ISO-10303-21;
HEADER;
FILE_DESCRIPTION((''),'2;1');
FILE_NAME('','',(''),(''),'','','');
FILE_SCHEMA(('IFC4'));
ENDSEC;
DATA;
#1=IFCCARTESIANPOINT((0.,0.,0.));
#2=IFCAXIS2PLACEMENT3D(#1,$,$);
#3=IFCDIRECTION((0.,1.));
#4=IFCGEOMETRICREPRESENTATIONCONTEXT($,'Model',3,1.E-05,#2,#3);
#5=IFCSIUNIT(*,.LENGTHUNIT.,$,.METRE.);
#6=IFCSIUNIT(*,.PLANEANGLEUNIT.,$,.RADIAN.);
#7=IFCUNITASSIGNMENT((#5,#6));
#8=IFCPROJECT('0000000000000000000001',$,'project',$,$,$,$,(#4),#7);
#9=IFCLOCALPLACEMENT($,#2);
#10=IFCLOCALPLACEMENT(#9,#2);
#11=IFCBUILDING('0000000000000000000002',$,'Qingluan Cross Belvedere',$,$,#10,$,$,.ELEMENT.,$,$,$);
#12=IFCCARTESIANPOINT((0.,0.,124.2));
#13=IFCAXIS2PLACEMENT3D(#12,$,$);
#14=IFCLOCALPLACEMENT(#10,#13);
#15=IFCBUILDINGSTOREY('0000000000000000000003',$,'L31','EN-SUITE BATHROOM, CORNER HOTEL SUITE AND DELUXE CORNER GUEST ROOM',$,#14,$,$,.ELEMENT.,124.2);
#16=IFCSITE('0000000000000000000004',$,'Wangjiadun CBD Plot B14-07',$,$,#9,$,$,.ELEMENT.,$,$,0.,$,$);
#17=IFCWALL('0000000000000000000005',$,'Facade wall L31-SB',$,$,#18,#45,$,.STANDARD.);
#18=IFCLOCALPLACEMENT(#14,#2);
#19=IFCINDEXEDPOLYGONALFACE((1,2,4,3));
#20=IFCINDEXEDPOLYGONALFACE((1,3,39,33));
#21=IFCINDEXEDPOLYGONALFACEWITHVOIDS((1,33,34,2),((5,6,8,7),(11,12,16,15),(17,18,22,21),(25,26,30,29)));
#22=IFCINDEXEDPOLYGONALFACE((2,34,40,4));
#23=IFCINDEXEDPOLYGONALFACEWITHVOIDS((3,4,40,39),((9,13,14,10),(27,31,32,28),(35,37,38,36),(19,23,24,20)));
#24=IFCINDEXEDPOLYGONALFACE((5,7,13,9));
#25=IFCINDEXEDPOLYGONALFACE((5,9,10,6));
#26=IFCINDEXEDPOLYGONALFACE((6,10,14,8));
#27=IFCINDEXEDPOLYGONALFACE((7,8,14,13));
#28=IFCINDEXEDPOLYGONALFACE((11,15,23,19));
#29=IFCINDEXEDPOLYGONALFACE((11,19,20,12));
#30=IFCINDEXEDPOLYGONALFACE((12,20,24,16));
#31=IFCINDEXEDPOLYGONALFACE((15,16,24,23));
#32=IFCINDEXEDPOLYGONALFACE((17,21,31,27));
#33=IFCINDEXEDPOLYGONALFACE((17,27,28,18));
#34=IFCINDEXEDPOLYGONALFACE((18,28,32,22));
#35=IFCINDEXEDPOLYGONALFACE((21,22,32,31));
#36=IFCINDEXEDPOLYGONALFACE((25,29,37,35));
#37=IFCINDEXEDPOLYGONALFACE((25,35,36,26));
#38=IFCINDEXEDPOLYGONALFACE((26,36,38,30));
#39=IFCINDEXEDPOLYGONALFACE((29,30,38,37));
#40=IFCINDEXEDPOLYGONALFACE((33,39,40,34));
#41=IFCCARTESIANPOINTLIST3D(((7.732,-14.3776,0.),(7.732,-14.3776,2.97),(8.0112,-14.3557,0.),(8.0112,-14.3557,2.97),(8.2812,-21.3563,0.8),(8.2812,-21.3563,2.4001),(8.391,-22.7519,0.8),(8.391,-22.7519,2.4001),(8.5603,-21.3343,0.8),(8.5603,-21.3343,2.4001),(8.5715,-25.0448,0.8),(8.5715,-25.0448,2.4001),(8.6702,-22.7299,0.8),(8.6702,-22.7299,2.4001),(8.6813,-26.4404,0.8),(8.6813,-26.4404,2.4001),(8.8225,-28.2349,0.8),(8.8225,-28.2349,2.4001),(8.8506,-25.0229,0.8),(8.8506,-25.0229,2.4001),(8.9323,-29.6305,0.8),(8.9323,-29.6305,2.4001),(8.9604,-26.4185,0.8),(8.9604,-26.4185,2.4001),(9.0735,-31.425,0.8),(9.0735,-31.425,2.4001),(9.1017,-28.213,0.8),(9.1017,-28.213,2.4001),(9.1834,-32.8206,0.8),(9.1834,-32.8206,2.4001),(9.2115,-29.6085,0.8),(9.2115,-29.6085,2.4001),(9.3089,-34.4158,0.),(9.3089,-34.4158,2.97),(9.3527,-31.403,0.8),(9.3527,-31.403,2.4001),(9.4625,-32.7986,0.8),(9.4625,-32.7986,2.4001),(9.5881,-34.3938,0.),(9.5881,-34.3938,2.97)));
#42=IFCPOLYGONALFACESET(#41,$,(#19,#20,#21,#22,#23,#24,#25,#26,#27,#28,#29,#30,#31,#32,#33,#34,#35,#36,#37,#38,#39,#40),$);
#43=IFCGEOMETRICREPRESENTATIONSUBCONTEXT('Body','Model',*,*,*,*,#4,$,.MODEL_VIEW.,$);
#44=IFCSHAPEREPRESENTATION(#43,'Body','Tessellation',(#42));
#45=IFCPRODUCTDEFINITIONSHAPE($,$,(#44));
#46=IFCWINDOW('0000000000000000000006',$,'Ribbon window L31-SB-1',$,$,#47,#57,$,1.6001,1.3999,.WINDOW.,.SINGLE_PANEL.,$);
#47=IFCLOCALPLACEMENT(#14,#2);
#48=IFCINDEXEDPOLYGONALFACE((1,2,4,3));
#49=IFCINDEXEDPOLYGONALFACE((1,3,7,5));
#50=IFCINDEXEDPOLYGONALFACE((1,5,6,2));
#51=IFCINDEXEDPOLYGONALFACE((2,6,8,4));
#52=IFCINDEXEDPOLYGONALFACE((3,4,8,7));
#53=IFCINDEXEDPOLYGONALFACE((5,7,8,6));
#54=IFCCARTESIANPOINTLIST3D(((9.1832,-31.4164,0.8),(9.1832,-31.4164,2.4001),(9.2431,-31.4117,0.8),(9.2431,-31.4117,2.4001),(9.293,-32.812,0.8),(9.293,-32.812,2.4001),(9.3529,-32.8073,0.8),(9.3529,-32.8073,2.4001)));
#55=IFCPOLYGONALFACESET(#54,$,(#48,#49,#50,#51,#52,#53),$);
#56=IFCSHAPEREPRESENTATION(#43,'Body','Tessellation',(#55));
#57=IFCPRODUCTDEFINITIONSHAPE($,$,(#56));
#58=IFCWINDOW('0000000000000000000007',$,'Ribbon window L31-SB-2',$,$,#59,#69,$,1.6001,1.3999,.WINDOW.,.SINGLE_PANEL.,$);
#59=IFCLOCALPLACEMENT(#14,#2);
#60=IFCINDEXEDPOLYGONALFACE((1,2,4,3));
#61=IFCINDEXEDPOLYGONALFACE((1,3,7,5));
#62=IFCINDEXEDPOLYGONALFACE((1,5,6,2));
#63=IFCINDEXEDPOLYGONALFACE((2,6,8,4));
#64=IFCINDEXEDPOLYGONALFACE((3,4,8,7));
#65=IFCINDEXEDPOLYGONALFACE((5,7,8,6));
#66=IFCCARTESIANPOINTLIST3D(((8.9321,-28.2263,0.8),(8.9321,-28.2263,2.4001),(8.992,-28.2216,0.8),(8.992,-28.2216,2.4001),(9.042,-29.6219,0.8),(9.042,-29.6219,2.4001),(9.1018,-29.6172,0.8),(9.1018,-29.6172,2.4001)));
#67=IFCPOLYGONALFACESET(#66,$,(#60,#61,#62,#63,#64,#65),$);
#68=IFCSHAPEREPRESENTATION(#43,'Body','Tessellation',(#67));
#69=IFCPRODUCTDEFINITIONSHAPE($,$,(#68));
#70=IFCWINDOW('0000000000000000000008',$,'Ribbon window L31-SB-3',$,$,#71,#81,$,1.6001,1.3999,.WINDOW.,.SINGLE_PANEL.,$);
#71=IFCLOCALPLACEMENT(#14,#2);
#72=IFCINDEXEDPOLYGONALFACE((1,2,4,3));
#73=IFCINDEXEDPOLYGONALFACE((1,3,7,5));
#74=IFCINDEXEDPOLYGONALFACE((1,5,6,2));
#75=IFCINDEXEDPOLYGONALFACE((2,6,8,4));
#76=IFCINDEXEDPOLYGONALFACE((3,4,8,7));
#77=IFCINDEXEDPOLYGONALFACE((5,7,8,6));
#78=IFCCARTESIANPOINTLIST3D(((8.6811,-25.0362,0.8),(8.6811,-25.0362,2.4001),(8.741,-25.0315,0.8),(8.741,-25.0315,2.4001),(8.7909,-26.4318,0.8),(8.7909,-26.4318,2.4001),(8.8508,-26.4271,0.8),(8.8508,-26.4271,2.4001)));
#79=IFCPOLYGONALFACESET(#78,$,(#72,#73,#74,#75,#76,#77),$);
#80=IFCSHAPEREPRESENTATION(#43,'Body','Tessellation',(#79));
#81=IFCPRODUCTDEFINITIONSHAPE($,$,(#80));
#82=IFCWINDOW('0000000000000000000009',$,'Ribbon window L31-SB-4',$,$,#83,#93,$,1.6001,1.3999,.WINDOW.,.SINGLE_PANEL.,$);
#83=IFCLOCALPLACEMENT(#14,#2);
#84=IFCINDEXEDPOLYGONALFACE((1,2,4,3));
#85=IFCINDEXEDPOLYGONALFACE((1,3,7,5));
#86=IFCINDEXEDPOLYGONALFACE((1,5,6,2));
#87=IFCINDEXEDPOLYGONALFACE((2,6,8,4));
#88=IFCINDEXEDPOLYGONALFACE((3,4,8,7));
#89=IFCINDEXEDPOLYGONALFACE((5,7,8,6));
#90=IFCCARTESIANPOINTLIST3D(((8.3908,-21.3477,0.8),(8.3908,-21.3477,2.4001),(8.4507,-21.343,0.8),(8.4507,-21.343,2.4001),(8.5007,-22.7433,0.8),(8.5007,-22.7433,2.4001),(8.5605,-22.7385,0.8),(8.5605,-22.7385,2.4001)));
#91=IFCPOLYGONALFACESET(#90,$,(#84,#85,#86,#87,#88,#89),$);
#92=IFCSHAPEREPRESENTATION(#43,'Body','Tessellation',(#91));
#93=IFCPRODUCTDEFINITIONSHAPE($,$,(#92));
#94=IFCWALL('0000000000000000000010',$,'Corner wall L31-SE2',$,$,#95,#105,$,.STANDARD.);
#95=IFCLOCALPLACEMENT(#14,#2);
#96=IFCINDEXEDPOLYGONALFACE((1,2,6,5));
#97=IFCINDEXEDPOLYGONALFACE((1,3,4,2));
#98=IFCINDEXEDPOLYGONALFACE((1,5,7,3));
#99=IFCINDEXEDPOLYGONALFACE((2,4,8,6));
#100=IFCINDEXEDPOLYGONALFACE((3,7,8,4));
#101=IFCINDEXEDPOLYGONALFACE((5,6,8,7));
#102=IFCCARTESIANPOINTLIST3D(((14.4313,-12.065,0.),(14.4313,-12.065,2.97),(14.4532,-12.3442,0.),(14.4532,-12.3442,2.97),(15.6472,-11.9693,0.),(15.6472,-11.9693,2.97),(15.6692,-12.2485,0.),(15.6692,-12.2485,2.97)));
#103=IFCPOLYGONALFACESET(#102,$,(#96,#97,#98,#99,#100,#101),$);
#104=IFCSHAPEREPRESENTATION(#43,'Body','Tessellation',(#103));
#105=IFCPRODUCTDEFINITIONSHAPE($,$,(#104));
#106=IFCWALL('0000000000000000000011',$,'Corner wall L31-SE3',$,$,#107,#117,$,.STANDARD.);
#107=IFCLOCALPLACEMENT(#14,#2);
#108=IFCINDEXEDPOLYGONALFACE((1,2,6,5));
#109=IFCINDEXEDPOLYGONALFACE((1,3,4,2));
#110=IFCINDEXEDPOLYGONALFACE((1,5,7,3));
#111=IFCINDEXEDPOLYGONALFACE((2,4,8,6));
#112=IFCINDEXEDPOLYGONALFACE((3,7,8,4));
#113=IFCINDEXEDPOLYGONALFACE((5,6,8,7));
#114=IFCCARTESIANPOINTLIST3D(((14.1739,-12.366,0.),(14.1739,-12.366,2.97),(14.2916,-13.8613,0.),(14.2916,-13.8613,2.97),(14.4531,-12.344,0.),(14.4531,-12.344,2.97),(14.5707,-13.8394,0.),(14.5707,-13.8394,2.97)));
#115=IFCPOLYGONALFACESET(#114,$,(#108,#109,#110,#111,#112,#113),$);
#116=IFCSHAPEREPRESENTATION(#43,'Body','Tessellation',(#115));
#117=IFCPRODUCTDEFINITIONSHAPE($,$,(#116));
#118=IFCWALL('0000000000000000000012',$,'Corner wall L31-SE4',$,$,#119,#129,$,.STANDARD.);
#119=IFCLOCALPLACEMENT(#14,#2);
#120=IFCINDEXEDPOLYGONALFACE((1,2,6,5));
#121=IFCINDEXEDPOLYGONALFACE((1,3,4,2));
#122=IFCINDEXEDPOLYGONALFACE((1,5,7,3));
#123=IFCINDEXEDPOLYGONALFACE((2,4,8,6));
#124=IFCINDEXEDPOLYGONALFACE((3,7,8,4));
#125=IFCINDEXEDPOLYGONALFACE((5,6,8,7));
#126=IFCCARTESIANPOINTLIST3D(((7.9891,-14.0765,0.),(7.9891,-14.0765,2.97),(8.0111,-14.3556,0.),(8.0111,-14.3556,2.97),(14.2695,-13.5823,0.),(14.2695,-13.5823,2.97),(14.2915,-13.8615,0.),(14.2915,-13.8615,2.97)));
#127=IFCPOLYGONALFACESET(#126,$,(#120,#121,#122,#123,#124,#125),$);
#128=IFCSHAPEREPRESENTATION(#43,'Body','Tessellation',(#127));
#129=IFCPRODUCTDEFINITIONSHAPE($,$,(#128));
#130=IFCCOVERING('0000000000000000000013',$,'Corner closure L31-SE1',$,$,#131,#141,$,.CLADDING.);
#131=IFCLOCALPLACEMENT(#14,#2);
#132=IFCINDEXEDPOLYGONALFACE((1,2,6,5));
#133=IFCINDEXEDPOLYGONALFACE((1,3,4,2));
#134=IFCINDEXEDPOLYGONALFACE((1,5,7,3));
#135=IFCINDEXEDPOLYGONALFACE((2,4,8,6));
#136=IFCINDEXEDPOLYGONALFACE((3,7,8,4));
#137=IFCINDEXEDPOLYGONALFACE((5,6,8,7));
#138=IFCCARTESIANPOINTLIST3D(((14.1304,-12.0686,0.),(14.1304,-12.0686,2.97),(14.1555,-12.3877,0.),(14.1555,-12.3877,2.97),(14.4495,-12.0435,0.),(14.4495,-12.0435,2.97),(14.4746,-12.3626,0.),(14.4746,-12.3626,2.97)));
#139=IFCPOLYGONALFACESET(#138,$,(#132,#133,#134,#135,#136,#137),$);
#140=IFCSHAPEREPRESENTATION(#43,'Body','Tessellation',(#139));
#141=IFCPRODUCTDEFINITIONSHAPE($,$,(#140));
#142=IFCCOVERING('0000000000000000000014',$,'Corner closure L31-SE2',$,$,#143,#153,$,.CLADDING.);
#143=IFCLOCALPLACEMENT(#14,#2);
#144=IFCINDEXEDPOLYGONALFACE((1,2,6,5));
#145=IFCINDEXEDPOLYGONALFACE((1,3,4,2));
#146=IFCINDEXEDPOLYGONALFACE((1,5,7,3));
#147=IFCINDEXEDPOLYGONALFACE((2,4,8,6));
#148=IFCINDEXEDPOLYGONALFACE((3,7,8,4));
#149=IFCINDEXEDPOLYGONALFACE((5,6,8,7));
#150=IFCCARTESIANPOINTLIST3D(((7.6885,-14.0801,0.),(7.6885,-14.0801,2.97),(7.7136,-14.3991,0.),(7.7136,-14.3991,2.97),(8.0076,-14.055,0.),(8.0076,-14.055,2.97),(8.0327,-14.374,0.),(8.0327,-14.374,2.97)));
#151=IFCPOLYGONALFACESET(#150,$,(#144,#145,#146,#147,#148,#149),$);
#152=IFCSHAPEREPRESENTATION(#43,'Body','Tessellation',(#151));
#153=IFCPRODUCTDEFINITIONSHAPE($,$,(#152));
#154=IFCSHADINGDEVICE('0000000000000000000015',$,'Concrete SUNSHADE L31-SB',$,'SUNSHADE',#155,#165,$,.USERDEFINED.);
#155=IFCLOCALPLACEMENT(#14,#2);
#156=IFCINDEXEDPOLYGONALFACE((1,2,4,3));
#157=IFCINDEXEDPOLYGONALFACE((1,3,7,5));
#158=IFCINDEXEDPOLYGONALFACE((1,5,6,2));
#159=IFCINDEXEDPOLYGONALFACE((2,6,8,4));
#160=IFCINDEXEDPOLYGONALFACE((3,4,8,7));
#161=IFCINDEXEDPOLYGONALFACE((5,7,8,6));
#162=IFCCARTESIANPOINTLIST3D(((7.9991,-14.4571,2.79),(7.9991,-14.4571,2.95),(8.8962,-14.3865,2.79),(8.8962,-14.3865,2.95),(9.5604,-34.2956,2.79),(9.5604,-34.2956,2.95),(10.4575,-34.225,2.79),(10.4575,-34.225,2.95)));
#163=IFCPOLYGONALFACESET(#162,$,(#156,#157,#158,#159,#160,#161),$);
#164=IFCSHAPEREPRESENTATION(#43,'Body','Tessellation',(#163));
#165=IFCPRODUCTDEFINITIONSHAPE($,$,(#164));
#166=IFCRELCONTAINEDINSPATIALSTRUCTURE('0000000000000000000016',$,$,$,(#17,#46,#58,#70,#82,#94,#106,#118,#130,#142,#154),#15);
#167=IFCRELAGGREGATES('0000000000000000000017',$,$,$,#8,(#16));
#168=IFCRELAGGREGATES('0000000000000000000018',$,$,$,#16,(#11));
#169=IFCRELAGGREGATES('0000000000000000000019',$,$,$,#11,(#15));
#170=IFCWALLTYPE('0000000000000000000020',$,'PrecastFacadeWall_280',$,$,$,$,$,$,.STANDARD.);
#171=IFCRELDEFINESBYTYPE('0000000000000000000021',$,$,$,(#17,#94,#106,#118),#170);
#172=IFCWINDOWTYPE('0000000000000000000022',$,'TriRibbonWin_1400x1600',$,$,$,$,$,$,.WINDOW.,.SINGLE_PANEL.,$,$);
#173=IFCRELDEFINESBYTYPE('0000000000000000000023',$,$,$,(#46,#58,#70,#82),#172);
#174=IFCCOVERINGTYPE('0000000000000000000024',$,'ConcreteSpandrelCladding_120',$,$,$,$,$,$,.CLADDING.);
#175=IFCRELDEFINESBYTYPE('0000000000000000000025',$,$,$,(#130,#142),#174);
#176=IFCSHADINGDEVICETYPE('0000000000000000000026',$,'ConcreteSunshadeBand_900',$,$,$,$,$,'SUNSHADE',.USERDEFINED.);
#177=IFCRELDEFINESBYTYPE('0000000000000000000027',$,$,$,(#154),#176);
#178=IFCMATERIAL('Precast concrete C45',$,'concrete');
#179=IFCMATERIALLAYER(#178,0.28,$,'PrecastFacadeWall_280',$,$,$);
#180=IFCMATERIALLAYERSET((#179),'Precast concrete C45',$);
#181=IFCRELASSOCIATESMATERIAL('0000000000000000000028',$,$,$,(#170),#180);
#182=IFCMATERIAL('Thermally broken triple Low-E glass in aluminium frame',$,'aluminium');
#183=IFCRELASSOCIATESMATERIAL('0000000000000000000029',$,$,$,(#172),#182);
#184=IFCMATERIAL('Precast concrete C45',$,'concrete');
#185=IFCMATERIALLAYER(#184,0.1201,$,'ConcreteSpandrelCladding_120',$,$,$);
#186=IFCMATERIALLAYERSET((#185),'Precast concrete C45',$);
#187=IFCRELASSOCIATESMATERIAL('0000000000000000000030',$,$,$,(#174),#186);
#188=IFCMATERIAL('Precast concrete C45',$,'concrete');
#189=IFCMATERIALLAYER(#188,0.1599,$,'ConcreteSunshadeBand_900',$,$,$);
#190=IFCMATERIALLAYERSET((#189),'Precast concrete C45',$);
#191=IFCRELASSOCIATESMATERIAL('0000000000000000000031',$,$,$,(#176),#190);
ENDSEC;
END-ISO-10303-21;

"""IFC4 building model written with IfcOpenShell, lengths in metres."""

from ifc_helpers import new_model, si_unit, direction, frame, frame_2d, origin, origin_2d, place, context, subcontext, project, spatial, rectangle, extrude, material, layer, layer_set, type_object, element, fill, save


model = new_model("IFC4")

# Units and contexts
model_context = context("Model", 3, precision=1e-05, world=origin(), true_north=direction((0.0, 1.0)))
body_context = subcontext(model_context, "Body", "Model", "MODEL_VIEW")
ifc_project = project(units=[si_unit("LENGTHUNIT", "METRE"), si_unit("PLANEANGLEUNIT", "RADIAN")], contexts=[model_context])

# Site, building, storey
site_placement = place(None, origin())
site = spatial("IfcSite", under=ifc_project, at=site_placement, Name="Wangjiadun CBD Plot B14-07", CompositionType="ELEMENT", RefElevation=0.0)
building_placement = place(site_placement, origin())
building = spatial("IfcBuilding", under=site, at=building_placement, Name="Qingluan Cross Belvedere", CompositionType="ELEMENT")
storey_placement = place(building_placement, frame((0.0, 0.0, 124.2)))
storey = spatial("IfcBuildingStorey", under=building, at=storey_placement, Name="L31", Description="EN-SUITE BATHROOM, CORNER HOTEL SUITE AND DELUXE CORNER GUEST ROOM", CompositionType="ELEMENT", Elevation=124.2)

# Wall, openings, windows
ifc_material_1 = material(Name="Precast concrete C45", Category="concrete")
ifc_layer_1 = layer(ifc_material_1, 0.28, Name="PrecastFacadeWall_280")
ifc_layer_set_1 = layer_set([ifc_layer_1], Name="Precast concrete C45")
wall_type_1 = type_object("IfcWallType", Name="PrecastFacadeWall_280", PredefinedType="STANDARD", material=ifc_layer_set_1)
wall_1_placement = place(storey_placement, frame((9.4485, -34.4048, 0.0), z_axis=(0.0, 0.0, 1.0), x_axis=(-0.078453, 0.996918, 0.0)))
wall_1 = element("IfcWall", 1, at=wall_1_placement, inside=storey, type_object=wall_type_1, Name="Facade wall L31-SB", PredefinedType="STANDARD", context=body_context, shape_type="SweptSolid", body=[
    extrude(rectangle(XDim=20.1001, YDim=0.28, at=frame_2d((10.05, 0.0))), origin(), (0.0, 0.0, 1.0), 2.97),
])
opening_1_placement = place(wall_1_placement, frame((1.6001, 0.0, 0.8)))
opening_1 = element("IfcOpeningElement", 2, at=opening_1_placement, cuts=wall_1, PredefinedType="OPENING", context=body_context, shape_type="SweptSolid", body=[
    extrude(rectangle(XDim=1.3999, YDim=1.6001, at=frame_2d((0.7, 0.8))), frame((0.0, 0.1499, 0.0), z_axis=(0.0, -1.0, 0.0), x_axis=(1.0, 0.0, 0.0)), (0.0, 0.0, 1.0), 0.3),
])
opening_2_placement = place(wall_1_placement, frame((4.8, 0.0, 0.8)))
opening_2 = element("IfcOpeningElement", 3, at=opening_2_placement, cuts=wall_1, PredefinedType="OPENING", context=body_context, shape_type="SweptSolid", body=[
    extrude(rectangle(XDim=1.3999, YDim=1.6001, at=frame_2d((0.7, 0.8))), frame((0.0, 0.1499, 0.0), z_axis=(0.0, -1.0, 0.0), x_axis=(1.0, 0.0, 0.0)), (0.0, 0.0, 1.0), 0.3),
])
opening_3_placement = place(wall_1_placement, frame((8.0, 0.0, 0.8)))
opening_3 = element("IfcOpeningElement", 4, at=opening_3_placement, cuts=wall_1, PredefinedType="OPENING", context=body_context, shape_type="SweptSolid", body=[
    extrude(rectangle(XDim=1.3999, YDim=1.6001, at=frame_2d((0.7, 0.8))), frame((0.0, 0.1499, 0.0), z_axis=(0.0, -1.0, 0.0), x_axis=(1.0, 0.0, 0.0)), (0.0, 0.0, 1.0), 0.3),
])
opening_4_placement = place(wall_1_placement, frame((11.7, 0.0, 0.8)))
opening_4 = element("IfcOpeningElement", 5, at=opening_4_placement, cuts=wall_1, PredefinedType="OPENING", context=body_context, shape_type="SweptSolid", body=[
    extrude(rectangle(XDim=1.3999, YDim=1.6001, at=frame_2d((0.7, 0.8))), frame((0.0, 0.1499, 0.0), z_axis=(0.0, -1.0, 0.0), x_axis=(1.0, 0.0, 0.0)), (0.0, 0.0, 1.0), 0.3),
])
ifc_material_2 = material(Name="Thermally broken triple Low-E glass in aluminium frame", Category="aluminium")
window_type = type_object("IfcWindowType", Name="TriRibbonWin_1400x1600", PartitioningType="SINGLE_PANEL", PredefinedType="WINDOW", material=ifc_material_2)
window_1_placement = place(opening_1_placement, origin())
window_1 = element("IfcWindow", 6, at=window_1_placement, inside=storey, type_object=window_type, Name="Ribbon window L31-SB-1", OverallHeight=1.6001, OverallWidth=1.3999, PartitioningType="SINGLE_PANEL", PredefinedType="WINDOW", context=body_context, shape_type="SweptSolid", body=[
    extrude(rectangle(XDim=1.3999, YDim=1.6001, at=frame_2d((0.7, 0.8))), frame((0.0, 0.03, 0.0), z_axis=(0.0, -1.0, 0.0), x_axis=(1.0, 0.0, 0.0)), (0.0, 0.0, 1.0), 0.0601),
])
fill(opening_1, window_1)
window_2_placement = place(opening_2_placement, origin())
window_2 = element("IfcWindow", 7, at=window_2_placement, inside=storey, type_object=window_type, Name="Ribbon window L31-SB-2", OverallHeight=1.6001, OverallWidth=1.3999, PartitioningType="SINGLE_PANEL", PredefinedType="WINDOW", context=body_context, shape_type="SweptSolid", body=[
    extrude(rectangle(XDim=1.3999, YDim=1.6001, at=frame_2d((0.7, 0.8))), frame((0.0, 0.03, 0.0), z_axis=(0.0, -1.0, 0.0), x_axis=(1.0, 0.0, 0.0)), (0.0, 0.0, 1.0), 0.0601),
])
fill(opening_2, window_2)
window_3_placement = place(opening_3_placement, origin())
window_3 = element("IfcWindow", 8, at=window_3_placement, inside=storey, type_object=window_type, Name="Ribbon window L31-SB-3", OverallHeight=1.6001, OverallWidth=1.3999, PartitioningType="SINGLE_PANEL", PredefinedType="WINDOW", context=body_context, shape_type="SweptSolid", body=[
    extrude(rectangle(XDim=1.3999, YDim=1.6001, at=frame_2d((0.7, 0.8))), frame((0.0, 0.03, 0.0), z_axis=(0.0, -1.0, 0.0), x_axis=(1.0, 0.0, 0.0)), (0.0, 0.0, 1.0), 0.0601),
])
fill(opening_3, window_3)
window_4_placement = place(opening_4_placement, origin())
window_4 = element("IfcWindow", 9, at=window_4_placement, inside=storey, type_object=window_type, Name="Ribbon window L31-SB-4", OverallHeight=1.6001, OverallWidth=1.3999, PartitioningType="SINGLE_PANEL", PredefinedType="WINDOW", context=body_context, shape_type="SweptSolid", body=[
    extrude(rectangle(XDim=1.3999, YDim=1.6001, at=frame_2d((0.7, 0.8))), frame((0.0, 0.03, 0.0), z_axis=(0.0, -1.0, 0.0), x_axis=(1.0, 0.0, 0.0)), (0.0, 0.0, 1.0), 0.0601),
])
fill(opening_4, window_4)

# Walls
wall_2_placement = place(storey_placement, frame((15.6582, -12.1089, 0.0), z_axis=(0.0, 0.0, 1.0), x_axis=(-0.996918, -0.078456, 0.0)))
element("IfcWall", 10, at=wall_2_placement, inside=storey, type_object=wall_type_1, Name="Corner wall L31-SE2", PredefinedType="STANDARD", context=body_context, shape_type="SweptSolid", body=[
    extrude(rectangle(XDim=1.2197, YDim=0.28, at=frame_2d((0.6099, 0.0))), origin(), (0.0, 0.0, 1.0), 2.97),
])
wall_3_placement = place(storey_placement, frame((14.3135, -12.355, 0.0), z_axis=(0.0, 0.0, 1.0), x_axis=(0.078451, -0.996918, 0.0)))
element("IfcWall", 11, at=wall_3_placement, inside=storey, type_object=wall_type_1, Name="Corner wall L31-SE3", PredefinedType="STANDARD", context=body_context, shape_type="SweptSolid", body=[
    extrude(rectangle(XDim=1.5, YDim=0.28, at=frame_2d((0.75, 0.0))), origin(), (0.0, 0.0, 1.0), 2.97),
])
wall_4_placement = place(storey_placement, frame((14.2805, -13.7219, 0.0), z_axis=(0.0, 0.0, 1.0), x_axis=(-0.996919, -0.078436, 0.0)))
element("IfcWall", 12, at=wall_4_placement, inside=storey, type_object=wall_type_1, Name="Corner wall L31-SE4", PredefinedType="STANDARD", context=body_context, shape_type="SweptSolid", body=[
    extrude(rectangle(XDim=6.2998, YDim=0.28, at=frame_2d((3.1499, 0.0))), origin(), (0.0, 0.0, 1.0), 2.97),
])

# Coverings
ifc_material_3 = material(Name="Precast concrete C45", Category="concrete")
ifc_layer_2 = layer(ifc_material_3, 0.1201, Name="ConcreteSpandrelCladding_120")
ifc_layer_set_2 = layer_set([ifc_layer_2], Name="Precast concrete C45")
covering_type_1 = type_object("IfcCoveringType", Name="ConcreteSpandrelCladding_120", PredefinedType="CLADDING", material=ifc_layer_set_2)
for number, where, z_axis, x_axis, name in (
    (13, (14.3025, -12.2156, 0.0), (0.0, 0.0, 1.0), (0.996917, 0.078459, 0.0), "Corner closure L31-SE1"),
    (14, (7.8606, -14.2271, 0.0), (0.0, 0.0, 1.0), (0.996917, 0.078459, 0.0), "Corner closure L31-SE2"),
):
    element("IfcCovering", number, at=place(storey_placement, frame(where, z_axis=z_axis, x_axis=x_axis)), inside=storey, type_object=covering_type_1, Name=name, PredefinedType="CLADDING", context=body_context, shape_type="SweptSolid", body=[
        extrude(rectangle(XDim=0.3201, YDim=0.3201, at=origin_2d()), origin(), (0.0, 0.0, 1.0), 2.97),
    ])

# Shading device
ifc_material_4 = material(Name="Precast concrete C45", Category="concrete")
ifc_layer_3 = layer(ifc_material_4, 0.1599, Name="ConcreteSunshadeBand_900")
ifc_layer_set_3 = layer_set([ifc_layer_3], Name="Precast concrete C45")
shading_device_type = type_object("IfcShadingDeviceType", Name="ConcreteSunshadeBand_900", ElementType="SUNSHADE", PredefinedType="USERDEFINED", material=ifc_layer_set_3)
shading_device_placement = place(storey_placement, frame((9.2283, -24.3411, 2.79), z_axis=(0.0, 0.0, 1.0), x_axis=(-0.078458, 0.996917, 0.0)))
element("IfcShadingDevice", 15, at=shading_device_placement, inside=storey, type_object=shading_device_type, Name="Concrete SUNSHADE L31-SB", ObjectType="SUNSHADE", PredefinedType="USERDEFINED", context=body_context, shape_type="SweptSolid", body=[
    extrude(rectangle(XDim=19.8999, YDim=0.8999, at=origin_2d()), origin(), (0.0, 0.0, 1.0), 0.1599),
])

save(model, "model.ifc")
